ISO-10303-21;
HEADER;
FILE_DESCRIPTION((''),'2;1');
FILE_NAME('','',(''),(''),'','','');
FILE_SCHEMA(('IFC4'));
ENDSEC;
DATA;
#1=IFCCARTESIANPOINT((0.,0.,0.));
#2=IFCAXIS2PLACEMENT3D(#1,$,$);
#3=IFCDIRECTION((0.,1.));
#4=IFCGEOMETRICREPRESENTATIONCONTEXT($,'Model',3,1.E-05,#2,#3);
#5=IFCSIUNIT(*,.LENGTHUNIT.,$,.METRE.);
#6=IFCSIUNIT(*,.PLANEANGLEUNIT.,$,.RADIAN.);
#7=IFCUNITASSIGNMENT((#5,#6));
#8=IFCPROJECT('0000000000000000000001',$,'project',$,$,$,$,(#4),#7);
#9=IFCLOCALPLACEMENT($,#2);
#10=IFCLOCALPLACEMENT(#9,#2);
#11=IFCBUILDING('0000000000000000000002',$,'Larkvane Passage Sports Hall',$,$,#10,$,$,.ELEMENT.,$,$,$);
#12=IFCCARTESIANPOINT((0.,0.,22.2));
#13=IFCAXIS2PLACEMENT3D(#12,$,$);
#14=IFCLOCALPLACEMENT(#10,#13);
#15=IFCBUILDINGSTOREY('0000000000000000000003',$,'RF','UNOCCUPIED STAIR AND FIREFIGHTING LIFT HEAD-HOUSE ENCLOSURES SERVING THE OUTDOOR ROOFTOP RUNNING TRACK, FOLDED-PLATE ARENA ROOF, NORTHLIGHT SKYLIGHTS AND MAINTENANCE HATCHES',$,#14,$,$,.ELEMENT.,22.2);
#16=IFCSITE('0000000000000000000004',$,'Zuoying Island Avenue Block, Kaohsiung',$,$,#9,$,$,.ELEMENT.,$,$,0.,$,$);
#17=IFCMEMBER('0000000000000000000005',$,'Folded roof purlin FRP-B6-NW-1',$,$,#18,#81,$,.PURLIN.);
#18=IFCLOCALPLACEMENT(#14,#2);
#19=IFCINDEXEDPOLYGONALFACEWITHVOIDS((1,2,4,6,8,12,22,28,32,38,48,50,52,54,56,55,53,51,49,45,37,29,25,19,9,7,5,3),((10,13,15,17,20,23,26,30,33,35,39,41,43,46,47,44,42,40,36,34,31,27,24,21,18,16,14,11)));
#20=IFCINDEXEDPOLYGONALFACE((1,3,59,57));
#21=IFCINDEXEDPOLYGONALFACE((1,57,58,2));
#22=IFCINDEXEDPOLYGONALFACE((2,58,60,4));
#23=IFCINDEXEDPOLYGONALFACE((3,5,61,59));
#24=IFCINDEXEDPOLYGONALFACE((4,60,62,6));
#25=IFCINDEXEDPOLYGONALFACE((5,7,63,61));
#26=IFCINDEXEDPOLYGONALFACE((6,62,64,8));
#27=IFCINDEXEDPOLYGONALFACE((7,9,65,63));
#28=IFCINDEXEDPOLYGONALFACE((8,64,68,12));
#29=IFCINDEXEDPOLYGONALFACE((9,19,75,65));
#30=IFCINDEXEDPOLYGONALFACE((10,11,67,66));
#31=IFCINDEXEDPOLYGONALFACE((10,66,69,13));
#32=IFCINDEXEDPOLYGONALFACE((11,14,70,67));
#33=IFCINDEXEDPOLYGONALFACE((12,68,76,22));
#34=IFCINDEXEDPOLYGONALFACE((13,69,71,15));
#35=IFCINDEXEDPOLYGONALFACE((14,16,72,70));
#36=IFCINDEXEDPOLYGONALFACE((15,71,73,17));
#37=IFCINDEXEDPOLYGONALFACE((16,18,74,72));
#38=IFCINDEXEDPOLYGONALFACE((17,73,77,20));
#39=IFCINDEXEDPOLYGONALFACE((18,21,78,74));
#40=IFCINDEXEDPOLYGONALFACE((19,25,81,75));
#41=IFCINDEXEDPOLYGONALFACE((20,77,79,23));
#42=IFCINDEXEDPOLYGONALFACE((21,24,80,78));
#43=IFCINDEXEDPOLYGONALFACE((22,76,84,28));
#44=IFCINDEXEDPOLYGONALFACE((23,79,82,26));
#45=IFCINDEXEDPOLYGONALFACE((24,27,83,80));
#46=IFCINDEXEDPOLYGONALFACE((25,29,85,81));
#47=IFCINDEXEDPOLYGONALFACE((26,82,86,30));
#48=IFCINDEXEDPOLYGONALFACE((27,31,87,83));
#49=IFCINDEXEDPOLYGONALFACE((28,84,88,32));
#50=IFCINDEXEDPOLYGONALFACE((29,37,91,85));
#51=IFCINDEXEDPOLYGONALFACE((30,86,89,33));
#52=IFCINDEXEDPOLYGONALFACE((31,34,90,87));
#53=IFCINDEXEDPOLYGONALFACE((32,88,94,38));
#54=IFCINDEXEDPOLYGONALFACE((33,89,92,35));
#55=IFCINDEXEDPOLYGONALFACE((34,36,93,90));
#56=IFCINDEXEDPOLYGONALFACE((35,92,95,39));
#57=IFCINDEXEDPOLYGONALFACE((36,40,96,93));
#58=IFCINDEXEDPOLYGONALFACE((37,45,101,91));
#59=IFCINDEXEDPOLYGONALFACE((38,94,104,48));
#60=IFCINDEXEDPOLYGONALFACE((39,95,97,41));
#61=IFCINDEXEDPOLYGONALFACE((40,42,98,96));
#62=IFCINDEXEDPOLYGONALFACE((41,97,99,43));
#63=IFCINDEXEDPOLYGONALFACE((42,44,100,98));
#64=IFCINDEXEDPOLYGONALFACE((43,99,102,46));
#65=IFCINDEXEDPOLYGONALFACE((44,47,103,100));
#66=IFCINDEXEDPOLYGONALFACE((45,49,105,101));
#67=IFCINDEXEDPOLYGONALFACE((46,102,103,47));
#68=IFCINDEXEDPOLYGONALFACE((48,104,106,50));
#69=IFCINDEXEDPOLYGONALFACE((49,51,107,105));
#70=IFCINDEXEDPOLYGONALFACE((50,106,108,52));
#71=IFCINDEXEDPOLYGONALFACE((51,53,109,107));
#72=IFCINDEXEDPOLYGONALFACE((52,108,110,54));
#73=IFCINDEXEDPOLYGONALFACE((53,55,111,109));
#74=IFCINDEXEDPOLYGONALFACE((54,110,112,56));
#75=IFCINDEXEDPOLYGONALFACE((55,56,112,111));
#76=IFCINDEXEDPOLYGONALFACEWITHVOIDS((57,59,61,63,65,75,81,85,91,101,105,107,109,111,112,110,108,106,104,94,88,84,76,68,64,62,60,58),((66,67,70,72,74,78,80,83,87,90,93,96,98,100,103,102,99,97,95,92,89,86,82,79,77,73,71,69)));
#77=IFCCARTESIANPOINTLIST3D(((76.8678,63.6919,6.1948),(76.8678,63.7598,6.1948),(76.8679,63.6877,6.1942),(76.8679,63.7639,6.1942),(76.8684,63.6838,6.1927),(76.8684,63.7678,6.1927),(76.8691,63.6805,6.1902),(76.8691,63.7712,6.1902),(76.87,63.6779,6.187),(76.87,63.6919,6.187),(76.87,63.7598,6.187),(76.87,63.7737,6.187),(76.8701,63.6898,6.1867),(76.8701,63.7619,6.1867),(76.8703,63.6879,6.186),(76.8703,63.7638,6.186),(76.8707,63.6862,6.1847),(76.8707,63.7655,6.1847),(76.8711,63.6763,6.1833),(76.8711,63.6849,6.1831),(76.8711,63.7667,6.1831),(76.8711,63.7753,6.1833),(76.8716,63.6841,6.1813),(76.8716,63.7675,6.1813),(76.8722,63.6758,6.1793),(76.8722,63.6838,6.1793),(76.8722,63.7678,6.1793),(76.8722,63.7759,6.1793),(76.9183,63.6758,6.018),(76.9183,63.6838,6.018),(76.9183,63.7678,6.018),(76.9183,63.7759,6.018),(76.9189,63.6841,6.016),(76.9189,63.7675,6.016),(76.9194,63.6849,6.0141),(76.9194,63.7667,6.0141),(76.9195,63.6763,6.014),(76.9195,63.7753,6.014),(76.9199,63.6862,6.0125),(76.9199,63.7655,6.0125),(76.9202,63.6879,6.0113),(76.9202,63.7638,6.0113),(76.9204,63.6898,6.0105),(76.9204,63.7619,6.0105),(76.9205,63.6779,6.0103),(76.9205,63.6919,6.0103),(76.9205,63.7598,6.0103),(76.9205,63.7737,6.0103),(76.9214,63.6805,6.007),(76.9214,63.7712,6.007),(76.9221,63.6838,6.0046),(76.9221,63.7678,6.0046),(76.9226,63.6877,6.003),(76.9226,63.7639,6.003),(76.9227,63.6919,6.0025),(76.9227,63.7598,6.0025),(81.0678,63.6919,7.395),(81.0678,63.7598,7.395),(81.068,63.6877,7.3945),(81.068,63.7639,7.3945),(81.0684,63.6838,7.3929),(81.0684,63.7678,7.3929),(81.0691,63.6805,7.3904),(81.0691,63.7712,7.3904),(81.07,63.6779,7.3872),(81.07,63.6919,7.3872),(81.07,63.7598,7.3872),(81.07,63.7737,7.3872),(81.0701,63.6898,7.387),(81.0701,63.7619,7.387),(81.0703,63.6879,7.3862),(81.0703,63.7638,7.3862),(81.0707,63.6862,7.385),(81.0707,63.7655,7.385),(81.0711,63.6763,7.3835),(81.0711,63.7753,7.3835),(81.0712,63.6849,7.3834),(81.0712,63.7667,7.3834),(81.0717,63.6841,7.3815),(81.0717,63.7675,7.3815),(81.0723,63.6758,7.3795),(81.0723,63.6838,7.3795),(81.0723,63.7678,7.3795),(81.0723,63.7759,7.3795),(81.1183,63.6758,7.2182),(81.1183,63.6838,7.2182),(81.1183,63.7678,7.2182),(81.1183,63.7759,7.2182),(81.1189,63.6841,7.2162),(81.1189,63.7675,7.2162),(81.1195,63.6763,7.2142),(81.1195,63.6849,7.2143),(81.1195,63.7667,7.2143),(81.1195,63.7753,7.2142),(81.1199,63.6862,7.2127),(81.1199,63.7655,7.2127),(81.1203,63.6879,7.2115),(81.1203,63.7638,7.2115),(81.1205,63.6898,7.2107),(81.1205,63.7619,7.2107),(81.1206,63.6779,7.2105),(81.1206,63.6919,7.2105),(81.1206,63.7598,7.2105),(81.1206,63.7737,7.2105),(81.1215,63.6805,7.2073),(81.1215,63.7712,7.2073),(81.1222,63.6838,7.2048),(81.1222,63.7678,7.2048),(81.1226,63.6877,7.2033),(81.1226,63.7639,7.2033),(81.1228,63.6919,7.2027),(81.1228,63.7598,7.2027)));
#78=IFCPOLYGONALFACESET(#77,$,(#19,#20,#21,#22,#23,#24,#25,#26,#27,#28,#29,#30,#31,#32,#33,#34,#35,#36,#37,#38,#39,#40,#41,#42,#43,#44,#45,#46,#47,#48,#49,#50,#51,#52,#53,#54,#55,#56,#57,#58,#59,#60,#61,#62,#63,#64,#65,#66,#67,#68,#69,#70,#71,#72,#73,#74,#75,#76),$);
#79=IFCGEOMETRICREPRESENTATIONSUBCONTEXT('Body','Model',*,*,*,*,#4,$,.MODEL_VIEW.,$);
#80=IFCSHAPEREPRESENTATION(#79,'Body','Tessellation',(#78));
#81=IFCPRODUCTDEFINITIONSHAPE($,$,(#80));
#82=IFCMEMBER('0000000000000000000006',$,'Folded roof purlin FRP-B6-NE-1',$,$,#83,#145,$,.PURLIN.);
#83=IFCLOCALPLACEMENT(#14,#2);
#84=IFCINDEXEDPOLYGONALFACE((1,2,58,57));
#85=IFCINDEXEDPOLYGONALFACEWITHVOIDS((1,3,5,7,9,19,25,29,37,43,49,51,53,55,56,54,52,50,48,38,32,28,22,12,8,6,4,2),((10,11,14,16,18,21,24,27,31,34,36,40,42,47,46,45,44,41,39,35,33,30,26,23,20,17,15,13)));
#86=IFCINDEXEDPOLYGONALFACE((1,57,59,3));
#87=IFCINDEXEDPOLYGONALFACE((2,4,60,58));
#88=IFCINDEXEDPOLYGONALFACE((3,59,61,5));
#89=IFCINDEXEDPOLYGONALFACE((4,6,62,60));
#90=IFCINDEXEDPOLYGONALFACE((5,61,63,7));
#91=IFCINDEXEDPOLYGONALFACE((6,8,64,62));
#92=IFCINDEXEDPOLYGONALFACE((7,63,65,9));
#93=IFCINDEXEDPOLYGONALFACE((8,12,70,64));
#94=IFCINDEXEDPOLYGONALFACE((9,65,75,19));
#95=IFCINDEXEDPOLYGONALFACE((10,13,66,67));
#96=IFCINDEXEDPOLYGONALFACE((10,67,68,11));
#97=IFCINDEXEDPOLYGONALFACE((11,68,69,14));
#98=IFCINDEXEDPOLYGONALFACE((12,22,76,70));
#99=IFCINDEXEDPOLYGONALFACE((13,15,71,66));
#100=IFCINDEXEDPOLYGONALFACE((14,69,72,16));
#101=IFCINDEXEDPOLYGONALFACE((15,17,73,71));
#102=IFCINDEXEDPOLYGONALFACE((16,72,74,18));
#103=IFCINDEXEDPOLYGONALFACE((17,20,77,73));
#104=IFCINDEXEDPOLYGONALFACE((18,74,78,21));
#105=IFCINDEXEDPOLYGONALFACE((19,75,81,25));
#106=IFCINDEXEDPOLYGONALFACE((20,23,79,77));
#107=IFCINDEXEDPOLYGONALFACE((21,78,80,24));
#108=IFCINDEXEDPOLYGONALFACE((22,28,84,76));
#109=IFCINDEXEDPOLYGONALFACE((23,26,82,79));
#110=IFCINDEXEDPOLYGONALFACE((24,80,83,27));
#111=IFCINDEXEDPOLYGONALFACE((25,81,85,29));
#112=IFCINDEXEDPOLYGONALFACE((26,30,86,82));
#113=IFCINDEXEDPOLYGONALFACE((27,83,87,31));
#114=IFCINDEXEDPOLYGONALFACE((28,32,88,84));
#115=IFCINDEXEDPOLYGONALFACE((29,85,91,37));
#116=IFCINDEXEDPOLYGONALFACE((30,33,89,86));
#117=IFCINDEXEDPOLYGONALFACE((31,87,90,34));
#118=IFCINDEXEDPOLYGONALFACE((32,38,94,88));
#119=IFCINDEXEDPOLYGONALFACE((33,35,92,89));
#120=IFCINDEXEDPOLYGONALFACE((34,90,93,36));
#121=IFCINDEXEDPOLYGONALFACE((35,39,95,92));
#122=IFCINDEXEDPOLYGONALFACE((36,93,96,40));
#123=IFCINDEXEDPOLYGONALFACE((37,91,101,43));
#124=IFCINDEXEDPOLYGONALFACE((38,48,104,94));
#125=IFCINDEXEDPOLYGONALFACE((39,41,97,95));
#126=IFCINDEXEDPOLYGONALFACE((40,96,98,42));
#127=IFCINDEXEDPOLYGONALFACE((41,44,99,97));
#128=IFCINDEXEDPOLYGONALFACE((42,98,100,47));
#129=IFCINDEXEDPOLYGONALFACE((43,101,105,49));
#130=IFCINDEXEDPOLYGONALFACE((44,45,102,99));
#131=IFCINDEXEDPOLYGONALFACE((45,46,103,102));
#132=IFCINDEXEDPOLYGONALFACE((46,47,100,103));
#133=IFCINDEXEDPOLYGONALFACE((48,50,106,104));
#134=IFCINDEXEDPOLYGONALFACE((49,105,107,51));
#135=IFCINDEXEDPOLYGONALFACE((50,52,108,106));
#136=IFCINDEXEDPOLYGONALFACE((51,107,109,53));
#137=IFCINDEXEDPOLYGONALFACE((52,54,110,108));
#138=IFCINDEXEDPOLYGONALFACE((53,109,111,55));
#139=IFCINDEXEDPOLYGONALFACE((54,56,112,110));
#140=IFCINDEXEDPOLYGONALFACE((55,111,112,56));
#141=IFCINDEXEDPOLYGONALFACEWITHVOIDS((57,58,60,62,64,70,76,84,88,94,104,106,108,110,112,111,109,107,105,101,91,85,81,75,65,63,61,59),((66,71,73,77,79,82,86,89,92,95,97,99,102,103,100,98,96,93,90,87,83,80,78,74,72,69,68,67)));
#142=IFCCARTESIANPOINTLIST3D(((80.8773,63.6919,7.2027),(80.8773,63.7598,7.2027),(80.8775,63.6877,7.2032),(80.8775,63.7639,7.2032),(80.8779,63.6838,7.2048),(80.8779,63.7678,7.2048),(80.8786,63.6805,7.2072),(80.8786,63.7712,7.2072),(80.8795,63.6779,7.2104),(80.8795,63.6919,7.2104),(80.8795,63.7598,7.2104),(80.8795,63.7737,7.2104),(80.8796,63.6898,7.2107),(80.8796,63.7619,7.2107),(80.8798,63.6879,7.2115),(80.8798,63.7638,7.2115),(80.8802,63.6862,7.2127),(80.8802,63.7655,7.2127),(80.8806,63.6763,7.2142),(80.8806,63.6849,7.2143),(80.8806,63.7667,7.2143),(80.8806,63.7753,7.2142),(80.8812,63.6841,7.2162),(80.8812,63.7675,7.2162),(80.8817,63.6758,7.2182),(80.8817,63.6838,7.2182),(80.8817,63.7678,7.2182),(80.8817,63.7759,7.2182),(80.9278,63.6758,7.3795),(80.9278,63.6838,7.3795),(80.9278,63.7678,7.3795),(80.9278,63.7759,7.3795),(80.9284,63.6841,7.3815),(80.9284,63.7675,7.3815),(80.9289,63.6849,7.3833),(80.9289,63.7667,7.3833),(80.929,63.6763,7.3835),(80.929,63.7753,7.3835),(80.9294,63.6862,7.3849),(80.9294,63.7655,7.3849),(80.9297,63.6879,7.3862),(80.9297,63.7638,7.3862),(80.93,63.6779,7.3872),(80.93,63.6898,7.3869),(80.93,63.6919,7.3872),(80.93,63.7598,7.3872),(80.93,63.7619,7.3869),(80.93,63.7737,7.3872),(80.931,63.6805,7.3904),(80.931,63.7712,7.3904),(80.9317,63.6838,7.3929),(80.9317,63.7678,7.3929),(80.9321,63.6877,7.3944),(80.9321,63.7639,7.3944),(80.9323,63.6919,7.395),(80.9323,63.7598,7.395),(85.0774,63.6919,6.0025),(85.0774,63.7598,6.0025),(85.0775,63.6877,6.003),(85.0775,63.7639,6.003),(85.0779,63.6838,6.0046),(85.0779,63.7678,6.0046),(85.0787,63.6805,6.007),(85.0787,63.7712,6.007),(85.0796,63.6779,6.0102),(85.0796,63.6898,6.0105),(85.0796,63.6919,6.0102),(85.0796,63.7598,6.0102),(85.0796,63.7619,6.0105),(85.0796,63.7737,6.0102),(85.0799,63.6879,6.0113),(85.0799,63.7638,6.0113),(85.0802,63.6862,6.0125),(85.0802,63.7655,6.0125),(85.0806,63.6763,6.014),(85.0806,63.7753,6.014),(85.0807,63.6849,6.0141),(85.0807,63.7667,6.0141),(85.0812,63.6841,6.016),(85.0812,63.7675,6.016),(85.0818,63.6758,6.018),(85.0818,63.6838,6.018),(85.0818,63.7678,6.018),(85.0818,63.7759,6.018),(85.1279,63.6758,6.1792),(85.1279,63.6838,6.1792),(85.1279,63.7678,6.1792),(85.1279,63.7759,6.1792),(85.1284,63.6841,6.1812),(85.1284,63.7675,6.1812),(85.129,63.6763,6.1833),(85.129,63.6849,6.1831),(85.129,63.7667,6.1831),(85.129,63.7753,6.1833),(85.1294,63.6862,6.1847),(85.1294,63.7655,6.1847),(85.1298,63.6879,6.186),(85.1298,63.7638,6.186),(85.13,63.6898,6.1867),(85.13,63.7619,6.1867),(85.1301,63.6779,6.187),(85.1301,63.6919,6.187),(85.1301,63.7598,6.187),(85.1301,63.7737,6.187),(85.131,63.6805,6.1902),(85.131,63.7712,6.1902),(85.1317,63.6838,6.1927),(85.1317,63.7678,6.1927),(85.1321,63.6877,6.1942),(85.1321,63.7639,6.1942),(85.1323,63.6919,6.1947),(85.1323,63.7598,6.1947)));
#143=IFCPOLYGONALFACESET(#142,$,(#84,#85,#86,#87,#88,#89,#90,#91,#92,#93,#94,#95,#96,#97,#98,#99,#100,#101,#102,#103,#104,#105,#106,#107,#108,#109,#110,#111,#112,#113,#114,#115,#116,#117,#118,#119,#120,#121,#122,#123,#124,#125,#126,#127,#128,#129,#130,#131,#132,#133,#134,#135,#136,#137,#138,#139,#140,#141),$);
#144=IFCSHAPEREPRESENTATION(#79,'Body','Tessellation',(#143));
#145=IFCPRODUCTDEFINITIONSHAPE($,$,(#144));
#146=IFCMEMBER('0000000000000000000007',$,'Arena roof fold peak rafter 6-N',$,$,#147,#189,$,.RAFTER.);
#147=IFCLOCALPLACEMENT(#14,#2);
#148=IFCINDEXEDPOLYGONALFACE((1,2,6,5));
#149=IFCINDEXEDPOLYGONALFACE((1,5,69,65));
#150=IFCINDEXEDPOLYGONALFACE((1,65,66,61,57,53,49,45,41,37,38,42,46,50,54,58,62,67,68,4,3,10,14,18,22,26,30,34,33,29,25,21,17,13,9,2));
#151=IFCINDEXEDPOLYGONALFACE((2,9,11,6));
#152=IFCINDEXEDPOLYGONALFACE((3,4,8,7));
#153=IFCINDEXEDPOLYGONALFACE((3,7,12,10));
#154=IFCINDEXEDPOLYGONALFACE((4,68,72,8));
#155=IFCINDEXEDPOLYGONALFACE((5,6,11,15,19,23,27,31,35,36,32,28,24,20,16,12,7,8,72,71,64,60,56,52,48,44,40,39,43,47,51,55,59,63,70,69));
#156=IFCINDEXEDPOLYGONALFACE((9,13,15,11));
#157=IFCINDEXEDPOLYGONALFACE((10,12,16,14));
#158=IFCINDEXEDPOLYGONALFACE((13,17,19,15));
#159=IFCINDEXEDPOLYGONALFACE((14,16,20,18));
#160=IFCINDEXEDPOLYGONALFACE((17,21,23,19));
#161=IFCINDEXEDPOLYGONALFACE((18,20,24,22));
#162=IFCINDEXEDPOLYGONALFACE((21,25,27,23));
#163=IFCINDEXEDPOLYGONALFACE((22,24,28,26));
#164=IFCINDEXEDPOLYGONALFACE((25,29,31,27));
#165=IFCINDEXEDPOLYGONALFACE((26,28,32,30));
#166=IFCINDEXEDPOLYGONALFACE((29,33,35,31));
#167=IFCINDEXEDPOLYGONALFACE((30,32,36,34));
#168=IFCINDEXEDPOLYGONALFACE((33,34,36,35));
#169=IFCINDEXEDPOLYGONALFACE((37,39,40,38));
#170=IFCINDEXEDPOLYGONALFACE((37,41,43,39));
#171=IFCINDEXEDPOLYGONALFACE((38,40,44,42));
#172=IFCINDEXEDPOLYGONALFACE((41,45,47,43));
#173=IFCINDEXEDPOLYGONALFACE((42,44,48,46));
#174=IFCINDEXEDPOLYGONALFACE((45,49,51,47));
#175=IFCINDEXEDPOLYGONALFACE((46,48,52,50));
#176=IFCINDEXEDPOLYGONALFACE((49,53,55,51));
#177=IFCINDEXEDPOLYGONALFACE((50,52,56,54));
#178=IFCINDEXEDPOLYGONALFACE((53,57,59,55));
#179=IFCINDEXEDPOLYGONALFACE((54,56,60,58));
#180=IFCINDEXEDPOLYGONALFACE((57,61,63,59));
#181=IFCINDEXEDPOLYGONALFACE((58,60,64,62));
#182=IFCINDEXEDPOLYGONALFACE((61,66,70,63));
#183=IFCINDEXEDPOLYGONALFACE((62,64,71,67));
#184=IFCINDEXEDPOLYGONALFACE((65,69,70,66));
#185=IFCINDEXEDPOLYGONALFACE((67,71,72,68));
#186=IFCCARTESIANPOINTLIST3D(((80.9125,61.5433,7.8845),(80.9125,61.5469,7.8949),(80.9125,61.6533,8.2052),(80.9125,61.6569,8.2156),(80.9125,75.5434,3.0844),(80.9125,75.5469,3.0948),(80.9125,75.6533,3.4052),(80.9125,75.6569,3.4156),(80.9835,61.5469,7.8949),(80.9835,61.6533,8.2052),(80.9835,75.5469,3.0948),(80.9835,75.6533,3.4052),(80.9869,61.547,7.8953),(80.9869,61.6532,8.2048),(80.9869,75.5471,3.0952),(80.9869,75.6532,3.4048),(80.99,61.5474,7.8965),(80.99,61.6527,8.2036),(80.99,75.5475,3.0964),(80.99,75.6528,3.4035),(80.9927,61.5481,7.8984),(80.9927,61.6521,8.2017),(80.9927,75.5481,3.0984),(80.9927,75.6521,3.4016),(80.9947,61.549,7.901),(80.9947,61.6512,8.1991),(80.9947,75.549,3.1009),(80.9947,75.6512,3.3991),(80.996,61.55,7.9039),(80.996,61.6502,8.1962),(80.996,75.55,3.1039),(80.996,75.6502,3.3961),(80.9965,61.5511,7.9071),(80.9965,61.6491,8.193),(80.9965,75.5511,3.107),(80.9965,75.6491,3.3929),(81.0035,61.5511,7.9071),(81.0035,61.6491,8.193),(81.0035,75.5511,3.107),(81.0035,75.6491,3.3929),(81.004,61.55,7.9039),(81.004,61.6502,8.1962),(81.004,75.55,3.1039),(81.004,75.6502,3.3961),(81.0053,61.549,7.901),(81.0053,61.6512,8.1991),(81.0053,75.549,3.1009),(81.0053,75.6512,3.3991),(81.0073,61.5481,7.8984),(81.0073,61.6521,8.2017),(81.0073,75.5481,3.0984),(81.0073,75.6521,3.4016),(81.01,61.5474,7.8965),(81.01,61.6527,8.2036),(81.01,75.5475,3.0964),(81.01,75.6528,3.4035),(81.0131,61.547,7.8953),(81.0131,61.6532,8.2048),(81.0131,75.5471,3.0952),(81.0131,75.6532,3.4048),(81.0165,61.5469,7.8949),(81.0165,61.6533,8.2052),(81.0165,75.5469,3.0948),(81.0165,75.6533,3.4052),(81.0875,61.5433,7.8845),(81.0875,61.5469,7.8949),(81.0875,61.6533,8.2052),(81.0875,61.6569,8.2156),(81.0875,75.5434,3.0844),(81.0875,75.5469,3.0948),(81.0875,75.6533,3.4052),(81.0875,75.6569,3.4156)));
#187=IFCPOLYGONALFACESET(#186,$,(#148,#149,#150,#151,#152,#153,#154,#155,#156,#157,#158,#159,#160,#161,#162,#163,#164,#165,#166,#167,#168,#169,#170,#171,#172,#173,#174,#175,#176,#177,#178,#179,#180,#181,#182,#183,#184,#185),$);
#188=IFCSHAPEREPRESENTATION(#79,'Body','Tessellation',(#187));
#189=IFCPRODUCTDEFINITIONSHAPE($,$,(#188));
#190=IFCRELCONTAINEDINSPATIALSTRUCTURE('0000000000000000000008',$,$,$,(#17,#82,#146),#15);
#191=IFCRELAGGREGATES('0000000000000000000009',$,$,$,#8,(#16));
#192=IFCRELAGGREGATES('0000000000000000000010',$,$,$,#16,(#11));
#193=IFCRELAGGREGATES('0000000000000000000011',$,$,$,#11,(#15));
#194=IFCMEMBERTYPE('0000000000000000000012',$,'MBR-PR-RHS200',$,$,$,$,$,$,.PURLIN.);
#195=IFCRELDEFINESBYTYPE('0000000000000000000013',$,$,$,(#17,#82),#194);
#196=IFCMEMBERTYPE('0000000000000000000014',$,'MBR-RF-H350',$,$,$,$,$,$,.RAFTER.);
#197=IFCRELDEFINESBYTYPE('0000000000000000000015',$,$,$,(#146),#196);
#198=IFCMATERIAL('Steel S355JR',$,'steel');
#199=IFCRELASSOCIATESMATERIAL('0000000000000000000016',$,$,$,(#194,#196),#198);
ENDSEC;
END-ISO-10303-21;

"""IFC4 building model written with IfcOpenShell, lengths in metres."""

from ifc_helpers import new_model, si_unit, direction, frame, origin, origin_2d, place, context, subcontext, project, spatial, hollow_rectangle, i_section, extrude, material, material_profile, profile_set, type_object, element, save


model = new_model("IFC4")

# Units and contexts
model_context = context("Model", 3, precision=1e-05, world=origin(), true_north=direction((0.0, 1.0)))
body_context = subcontext(model_context, "Body", "Model", "MODEL_VIEW")
ifc_project = project(units=[si_unit("LENGTHUNIT", "METRE"), si_unit("PLANEANGLEUNIT", "RADIAN")], contexts=[model_context])

# Site, building, storey
site_placement = place(None, origin())
site = spatial("IfcSite", under=ifc_project, at=site_placement, Name="Zuoying Island Avenue Block, Kaohsiung", CompositionType="ELEMENT", RefElevation=0.0)
building_placement = place(site_placement, origin())
building = spatial("IfcBuilding", under=site, at=building_placement, Name="Larkvane Passage Sports Hall", CompositionType="ELEMENT")
storey_placement = place(building_placement, frame((0.0, 0.0, 22.2)))
storey = spatial("IfcBuildingStorey", under=building, at=storey_placement, Name="RF", Description="UNOCCUPIED STAIR AND FIREFIGHTING LIFT HEAD-HOUSE ENCLOSURES SERVING THE OUTDOOR ROOFTOP RUNNING TRACK, FOLDED-PLATE ARENA ROOF, NORTHLIGHT SKYLIGHTS AND MAINTENANCE HATCHES", CompositionType="ELEMENT", Elevation=22.2)

# Members
ifc_material_1 = material(Name="Steel S355JR", Category="steel")
ifc_material_profile_1 = material_profile(ifc_material_1, hollow_rectangle(XDim=0.1001, YDim=0.2, WallThickness=0.0081, InnerFilletRadius=0.0081, OuterFilletRadius=0.0161, at=origin_2d()), Name="RHS-200x100x8")
ifc_profile_set_1 = profile_set([ifc_material_profile_1], Name="Steel S355JR")
member_type_1 = type_object("IfcMemberType", Name="MBR-PR-RHS200", PredefinedType="PURLIN", material=ifc_profile_set_1)
for number, where, z_axis, x_axis, name in (
    (1, (76.8953, 63.7258, 6.0986), (0.961511, 0.0, 0.274765), (0.0, 1.0, 0.0), "Folded roof purlin FRP-B6-NW-1"),
    (2, (80.9048, 63.7258, 7.2988), (0.961511, 0.0, -0.274765), (0.0, 1.0, 0.0), "Folded roof purlin FRP-B6-NE-1"),
):
    element("IfcMember", number, at=place(storey_placement, frame(where, z_axis=z_axis, x_axis=x_axis)), inside=storey, type_object=member_type_1, Name=name, PredefinedType="PURLIN", context=body_context, shape_type="SweptSolid", body=[
        extrude(hollow_rectangle(XDim=0.1001, YDim=0.2, WallThickness=0.0081, InnerFilletRadius=0.0081, OuterFilletRadius=0.0161, at=origin_2d()), origin(), (0.0, 0.0, 1.0), 4.3682),
    ])
ifc_material_profile_2 = material_profile(ifc_material_1, i_section(OverallWidth=0.175, OverallDepth=0.3501, WebThickness=0.0071, FlangeThickness=0.011, FilletRadius=0.0129, at=origin_2d()), Name="H-350x175x7x11")
ifc_profile_set_2 = profile_set([ifc_material_profile_2], Name="Steel S355JR")
member_type_2 = type_object("IfcMemberType", Name="MBR-RF-H350", PredefinedType="RAFTER", material=ifc_profile_set_2)
member_1_placement = place(storey_placement, frame((81.0, 61.6001, 8.05), z_axis=(0.0, 0.945945, -0.324327), x_axis=(-1.0, 0.0, 0.0)))
element("IfcMember", 3, at=member_1_placement, inside=storey, type_object=member_type_2, Name="Arena roof fold peak rafter 6-N", PredefinedType="RAFTER", context=body_context, shape_type="SweptSolid", body=[
    extrude(i_section(OverallWidth=0.175, OverallDepth=0.3501, WebThickness=0.0071, FlangeThickness=0.011, FilletRadius=0.0129, at=origin_2d()), origin(), (0.0, 0.0, 1.0), 14.8),
])

save(model, "model.ifc")
